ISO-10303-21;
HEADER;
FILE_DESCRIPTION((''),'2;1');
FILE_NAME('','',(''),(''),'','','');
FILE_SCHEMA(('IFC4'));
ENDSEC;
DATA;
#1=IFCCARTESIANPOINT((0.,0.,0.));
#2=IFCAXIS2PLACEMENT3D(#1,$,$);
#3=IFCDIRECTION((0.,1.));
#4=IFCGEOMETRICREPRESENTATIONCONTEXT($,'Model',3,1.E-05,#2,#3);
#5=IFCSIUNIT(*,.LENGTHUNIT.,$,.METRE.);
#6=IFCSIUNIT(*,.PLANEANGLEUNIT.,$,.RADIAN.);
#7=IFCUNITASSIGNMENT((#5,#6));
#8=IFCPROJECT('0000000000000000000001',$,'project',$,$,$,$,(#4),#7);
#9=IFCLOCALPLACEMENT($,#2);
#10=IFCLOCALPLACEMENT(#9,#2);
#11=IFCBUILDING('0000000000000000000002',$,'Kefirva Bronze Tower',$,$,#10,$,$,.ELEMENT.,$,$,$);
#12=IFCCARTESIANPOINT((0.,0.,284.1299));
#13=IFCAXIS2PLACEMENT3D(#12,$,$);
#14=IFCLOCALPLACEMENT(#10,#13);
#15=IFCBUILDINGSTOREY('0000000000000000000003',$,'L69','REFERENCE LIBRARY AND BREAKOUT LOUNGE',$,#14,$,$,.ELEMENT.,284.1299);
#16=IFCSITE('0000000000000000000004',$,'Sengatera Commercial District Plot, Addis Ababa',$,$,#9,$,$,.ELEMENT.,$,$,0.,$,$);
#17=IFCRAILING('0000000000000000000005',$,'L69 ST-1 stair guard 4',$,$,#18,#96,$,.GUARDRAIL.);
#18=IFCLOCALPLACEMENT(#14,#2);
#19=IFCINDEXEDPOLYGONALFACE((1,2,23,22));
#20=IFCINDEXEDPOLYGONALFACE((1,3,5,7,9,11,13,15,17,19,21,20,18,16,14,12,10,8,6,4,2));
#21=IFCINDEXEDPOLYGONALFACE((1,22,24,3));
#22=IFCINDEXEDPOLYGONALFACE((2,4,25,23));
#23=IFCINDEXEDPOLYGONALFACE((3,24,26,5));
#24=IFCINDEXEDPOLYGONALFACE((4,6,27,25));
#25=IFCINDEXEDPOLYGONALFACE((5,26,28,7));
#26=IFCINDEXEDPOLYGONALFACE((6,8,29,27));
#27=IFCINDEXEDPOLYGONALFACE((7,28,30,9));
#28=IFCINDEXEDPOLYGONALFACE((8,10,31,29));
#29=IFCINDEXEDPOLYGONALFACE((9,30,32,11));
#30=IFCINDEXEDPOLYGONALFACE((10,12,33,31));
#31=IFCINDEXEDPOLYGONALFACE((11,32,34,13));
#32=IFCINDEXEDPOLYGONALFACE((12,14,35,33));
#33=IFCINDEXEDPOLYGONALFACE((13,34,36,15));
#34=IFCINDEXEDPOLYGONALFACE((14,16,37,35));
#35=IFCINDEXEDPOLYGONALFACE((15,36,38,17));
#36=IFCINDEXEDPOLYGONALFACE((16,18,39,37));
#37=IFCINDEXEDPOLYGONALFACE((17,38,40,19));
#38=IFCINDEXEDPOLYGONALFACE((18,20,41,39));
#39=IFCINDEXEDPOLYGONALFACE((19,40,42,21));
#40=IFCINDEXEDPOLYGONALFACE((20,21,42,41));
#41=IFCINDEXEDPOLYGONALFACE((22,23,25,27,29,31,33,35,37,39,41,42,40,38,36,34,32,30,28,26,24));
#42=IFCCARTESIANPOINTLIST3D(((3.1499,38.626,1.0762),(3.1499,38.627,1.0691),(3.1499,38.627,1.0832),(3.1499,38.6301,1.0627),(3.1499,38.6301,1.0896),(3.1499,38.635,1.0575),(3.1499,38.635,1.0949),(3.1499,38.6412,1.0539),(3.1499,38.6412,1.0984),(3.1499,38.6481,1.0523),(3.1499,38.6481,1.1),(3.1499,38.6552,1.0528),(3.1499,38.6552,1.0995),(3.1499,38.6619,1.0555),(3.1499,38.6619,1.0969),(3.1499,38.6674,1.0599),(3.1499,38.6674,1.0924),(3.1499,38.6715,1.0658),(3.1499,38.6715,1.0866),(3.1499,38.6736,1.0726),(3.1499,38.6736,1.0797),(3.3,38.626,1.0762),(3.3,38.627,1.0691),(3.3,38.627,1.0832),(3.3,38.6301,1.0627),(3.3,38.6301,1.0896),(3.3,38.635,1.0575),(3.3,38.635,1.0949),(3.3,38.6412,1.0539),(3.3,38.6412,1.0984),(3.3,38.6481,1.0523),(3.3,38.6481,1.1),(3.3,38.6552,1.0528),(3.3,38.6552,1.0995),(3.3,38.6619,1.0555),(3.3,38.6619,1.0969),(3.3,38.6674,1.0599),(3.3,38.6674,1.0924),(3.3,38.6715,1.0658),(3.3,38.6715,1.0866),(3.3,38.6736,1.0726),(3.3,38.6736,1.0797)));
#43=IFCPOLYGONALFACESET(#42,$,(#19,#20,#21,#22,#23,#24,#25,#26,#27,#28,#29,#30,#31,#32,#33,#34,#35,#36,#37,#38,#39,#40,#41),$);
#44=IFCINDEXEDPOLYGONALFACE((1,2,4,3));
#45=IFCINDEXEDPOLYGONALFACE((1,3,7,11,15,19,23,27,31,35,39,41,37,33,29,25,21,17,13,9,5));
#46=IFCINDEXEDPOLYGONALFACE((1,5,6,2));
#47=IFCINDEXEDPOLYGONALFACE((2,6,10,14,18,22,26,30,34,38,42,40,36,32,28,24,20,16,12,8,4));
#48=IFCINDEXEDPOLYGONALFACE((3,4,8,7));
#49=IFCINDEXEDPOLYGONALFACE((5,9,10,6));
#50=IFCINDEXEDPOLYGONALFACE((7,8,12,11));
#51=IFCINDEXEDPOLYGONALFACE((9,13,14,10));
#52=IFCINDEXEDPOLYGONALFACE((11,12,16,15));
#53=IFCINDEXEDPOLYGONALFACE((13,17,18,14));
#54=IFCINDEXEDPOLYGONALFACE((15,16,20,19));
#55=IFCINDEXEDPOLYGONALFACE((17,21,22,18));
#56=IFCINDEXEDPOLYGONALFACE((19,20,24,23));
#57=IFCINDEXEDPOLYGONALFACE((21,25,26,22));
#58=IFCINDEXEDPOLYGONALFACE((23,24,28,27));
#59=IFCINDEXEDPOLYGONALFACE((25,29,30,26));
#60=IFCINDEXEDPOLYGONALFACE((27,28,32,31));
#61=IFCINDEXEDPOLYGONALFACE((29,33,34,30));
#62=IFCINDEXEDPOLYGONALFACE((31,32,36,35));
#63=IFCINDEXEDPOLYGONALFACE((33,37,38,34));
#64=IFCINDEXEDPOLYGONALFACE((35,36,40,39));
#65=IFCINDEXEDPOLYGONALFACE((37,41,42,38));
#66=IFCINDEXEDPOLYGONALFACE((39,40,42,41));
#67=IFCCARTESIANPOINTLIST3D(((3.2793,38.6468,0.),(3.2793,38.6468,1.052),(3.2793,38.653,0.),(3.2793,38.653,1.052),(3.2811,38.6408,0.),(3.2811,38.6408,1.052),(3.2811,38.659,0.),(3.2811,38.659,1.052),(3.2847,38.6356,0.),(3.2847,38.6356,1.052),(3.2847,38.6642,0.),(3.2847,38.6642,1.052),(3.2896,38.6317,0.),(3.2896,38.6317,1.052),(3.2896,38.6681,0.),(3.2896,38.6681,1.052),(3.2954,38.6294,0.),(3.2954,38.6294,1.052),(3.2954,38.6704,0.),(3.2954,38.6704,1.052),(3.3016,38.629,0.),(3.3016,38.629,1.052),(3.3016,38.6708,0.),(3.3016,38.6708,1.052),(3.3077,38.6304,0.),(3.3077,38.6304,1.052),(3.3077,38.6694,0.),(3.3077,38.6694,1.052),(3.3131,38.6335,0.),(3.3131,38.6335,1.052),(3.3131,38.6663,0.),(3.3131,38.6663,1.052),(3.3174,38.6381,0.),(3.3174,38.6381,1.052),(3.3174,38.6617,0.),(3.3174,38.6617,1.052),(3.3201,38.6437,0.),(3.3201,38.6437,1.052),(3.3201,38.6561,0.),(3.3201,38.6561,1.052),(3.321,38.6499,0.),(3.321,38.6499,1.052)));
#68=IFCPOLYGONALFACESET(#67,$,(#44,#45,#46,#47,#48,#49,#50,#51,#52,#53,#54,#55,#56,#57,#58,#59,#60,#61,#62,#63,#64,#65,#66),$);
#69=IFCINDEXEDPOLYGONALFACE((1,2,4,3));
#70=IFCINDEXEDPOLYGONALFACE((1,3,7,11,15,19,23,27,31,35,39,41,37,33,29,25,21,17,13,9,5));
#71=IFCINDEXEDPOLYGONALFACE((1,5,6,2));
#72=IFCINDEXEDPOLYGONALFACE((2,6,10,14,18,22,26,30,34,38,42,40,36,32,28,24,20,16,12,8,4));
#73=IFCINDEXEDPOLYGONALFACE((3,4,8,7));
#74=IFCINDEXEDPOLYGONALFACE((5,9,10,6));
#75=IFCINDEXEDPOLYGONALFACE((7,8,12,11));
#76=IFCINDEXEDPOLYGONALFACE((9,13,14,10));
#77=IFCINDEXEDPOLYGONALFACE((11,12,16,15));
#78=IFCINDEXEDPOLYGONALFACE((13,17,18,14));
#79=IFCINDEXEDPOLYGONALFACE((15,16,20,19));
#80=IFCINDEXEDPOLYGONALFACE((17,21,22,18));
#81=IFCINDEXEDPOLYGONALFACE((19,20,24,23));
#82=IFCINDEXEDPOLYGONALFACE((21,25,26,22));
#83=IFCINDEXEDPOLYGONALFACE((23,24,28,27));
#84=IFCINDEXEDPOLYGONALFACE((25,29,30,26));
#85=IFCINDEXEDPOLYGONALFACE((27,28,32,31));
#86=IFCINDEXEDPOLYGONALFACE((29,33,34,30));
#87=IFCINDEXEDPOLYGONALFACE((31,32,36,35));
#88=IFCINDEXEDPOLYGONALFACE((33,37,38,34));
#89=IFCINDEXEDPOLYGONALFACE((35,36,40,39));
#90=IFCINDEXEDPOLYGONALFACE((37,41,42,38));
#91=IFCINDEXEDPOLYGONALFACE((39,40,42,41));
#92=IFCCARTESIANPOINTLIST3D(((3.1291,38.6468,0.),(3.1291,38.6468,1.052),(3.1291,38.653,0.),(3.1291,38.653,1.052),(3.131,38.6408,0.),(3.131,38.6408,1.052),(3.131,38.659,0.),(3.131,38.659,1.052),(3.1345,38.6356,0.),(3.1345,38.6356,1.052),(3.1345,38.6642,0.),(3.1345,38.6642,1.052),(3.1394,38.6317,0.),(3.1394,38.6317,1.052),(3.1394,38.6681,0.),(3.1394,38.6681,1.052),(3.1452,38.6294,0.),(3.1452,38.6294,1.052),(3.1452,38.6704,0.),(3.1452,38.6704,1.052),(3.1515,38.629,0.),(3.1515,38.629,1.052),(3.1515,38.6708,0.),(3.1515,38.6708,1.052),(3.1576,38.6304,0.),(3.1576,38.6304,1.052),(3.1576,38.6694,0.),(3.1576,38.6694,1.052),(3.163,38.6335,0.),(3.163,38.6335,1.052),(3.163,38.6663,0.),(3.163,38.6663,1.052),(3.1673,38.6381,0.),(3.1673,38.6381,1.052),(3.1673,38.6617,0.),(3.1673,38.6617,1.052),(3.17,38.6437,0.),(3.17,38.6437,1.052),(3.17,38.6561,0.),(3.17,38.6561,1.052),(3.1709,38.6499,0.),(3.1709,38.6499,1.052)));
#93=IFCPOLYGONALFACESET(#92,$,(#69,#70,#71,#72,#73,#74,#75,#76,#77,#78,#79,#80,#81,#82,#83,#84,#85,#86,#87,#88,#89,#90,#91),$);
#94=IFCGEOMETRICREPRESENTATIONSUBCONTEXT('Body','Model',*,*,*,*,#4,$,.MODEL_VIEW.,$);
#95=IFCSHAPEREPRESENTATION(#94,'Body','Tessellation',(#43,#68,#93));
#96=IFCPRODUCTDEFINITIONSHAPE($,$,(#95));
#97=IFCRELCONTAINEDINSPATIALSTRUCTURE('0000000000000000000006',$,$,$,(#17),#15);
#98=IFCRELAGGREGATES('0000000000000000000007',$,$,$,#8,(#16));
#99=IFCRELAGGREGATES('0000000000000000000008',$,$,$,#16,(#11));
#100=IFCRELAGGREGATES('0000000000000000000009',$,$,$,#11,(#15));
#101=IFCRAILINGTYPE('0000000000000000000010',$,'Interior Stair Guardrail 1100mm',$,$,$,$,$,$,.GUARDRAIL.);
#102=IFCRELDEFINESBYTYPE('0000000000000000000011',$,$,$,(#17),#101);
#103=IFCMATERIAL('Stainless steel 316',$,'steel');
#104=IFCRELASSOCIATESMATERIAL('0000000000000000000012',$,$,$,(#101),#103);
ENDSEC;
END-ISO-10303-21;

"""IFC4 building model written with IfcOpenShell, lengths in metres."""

from ifc_helpers import new_model, si_unit, direction, frame, origin, origin_2d, place, context, subcontext, project, spatial, circle, extrude, material, type_object, element, save


model = new_model("IFC4")

# Units and contexts
model_context = context("Model", 3, precision=1e-05, world=origin(), true_north=direction((0.0, 1.0)))
body_context = subcontext(model_context, "Body", "Model", "MODEL_VIEW")
ifc_project = project(units=[si_unit("LENGTHUNIT", "METRE"), si_unit("PLANEANGLEUNIT", "RADIAN")], contexts=[model_context])

# Site, building, storey
site_placement = place(None, origin())
site = spatial("IfcSite", under=ifc_project, at=site_placement, Name="Sengatera Commercial District Plot, Addis Ababa", CompositionType="ELEMENT", RefElevation=0.0)
building_placement = place(site_placement, origin())
building = spatial("IfcBuilding", under=site, at=building_placement, Name="Kefirva Bronze Tower", CompositionType="ELEMENT")
storey_placement = place(building_placement, frame((0.0, 0.0, 284.1299)))
storey = spatial("IfcBuildingStorey", under=building, at=storey_placement, Name="L69", Description="REFERENCE LIBRARY AND BREAKOUT LOUNGE", CompositionType="ELEMENT", Elevation=284.1299)

# Railing
ifc_material_1 = material(Name="Stainless steel 316", Category="steel")
railing_type_1 = type_object("IfcRailingType", Name="Interior Stair Guardrail 1100mm", PredefinedType="GUARDRAIL", material=ifc_material_1)
railing_1_placement = place(storey_placement, frame((3.3, 38.6499, 0.0)))
element("IfcRailing", 1, at=railing_1_placement, inside=storey, type_object=railing_type_1, Name="L69 ST-1 stair guard 4", PredefinedType="GUARDRAIL", context=body_context, shape_type="SweptSolid", body=[
    extrude(circle(Radius=0.0239, at=origin_2d()), frame((0.0, 0.0, 1.0762), z_axis=(-1.0, 0.0, 0.0), x_axis=(0.0, -1.0, 0.0)), (0.0, 0.0, 1.0), 0.1501),
    extrude(circle(Radius=0.021, at=origin_2d()), origin(), (0.0, 0.0, 1.0), 1.052),
    extrude(circle(Radius=0.021, at=origin_2d()), frame((-0.1501, 0.0, 0.0)), (0.0, 0.0, 1.0), 1.052),
])

save(model, "model.ifc")
